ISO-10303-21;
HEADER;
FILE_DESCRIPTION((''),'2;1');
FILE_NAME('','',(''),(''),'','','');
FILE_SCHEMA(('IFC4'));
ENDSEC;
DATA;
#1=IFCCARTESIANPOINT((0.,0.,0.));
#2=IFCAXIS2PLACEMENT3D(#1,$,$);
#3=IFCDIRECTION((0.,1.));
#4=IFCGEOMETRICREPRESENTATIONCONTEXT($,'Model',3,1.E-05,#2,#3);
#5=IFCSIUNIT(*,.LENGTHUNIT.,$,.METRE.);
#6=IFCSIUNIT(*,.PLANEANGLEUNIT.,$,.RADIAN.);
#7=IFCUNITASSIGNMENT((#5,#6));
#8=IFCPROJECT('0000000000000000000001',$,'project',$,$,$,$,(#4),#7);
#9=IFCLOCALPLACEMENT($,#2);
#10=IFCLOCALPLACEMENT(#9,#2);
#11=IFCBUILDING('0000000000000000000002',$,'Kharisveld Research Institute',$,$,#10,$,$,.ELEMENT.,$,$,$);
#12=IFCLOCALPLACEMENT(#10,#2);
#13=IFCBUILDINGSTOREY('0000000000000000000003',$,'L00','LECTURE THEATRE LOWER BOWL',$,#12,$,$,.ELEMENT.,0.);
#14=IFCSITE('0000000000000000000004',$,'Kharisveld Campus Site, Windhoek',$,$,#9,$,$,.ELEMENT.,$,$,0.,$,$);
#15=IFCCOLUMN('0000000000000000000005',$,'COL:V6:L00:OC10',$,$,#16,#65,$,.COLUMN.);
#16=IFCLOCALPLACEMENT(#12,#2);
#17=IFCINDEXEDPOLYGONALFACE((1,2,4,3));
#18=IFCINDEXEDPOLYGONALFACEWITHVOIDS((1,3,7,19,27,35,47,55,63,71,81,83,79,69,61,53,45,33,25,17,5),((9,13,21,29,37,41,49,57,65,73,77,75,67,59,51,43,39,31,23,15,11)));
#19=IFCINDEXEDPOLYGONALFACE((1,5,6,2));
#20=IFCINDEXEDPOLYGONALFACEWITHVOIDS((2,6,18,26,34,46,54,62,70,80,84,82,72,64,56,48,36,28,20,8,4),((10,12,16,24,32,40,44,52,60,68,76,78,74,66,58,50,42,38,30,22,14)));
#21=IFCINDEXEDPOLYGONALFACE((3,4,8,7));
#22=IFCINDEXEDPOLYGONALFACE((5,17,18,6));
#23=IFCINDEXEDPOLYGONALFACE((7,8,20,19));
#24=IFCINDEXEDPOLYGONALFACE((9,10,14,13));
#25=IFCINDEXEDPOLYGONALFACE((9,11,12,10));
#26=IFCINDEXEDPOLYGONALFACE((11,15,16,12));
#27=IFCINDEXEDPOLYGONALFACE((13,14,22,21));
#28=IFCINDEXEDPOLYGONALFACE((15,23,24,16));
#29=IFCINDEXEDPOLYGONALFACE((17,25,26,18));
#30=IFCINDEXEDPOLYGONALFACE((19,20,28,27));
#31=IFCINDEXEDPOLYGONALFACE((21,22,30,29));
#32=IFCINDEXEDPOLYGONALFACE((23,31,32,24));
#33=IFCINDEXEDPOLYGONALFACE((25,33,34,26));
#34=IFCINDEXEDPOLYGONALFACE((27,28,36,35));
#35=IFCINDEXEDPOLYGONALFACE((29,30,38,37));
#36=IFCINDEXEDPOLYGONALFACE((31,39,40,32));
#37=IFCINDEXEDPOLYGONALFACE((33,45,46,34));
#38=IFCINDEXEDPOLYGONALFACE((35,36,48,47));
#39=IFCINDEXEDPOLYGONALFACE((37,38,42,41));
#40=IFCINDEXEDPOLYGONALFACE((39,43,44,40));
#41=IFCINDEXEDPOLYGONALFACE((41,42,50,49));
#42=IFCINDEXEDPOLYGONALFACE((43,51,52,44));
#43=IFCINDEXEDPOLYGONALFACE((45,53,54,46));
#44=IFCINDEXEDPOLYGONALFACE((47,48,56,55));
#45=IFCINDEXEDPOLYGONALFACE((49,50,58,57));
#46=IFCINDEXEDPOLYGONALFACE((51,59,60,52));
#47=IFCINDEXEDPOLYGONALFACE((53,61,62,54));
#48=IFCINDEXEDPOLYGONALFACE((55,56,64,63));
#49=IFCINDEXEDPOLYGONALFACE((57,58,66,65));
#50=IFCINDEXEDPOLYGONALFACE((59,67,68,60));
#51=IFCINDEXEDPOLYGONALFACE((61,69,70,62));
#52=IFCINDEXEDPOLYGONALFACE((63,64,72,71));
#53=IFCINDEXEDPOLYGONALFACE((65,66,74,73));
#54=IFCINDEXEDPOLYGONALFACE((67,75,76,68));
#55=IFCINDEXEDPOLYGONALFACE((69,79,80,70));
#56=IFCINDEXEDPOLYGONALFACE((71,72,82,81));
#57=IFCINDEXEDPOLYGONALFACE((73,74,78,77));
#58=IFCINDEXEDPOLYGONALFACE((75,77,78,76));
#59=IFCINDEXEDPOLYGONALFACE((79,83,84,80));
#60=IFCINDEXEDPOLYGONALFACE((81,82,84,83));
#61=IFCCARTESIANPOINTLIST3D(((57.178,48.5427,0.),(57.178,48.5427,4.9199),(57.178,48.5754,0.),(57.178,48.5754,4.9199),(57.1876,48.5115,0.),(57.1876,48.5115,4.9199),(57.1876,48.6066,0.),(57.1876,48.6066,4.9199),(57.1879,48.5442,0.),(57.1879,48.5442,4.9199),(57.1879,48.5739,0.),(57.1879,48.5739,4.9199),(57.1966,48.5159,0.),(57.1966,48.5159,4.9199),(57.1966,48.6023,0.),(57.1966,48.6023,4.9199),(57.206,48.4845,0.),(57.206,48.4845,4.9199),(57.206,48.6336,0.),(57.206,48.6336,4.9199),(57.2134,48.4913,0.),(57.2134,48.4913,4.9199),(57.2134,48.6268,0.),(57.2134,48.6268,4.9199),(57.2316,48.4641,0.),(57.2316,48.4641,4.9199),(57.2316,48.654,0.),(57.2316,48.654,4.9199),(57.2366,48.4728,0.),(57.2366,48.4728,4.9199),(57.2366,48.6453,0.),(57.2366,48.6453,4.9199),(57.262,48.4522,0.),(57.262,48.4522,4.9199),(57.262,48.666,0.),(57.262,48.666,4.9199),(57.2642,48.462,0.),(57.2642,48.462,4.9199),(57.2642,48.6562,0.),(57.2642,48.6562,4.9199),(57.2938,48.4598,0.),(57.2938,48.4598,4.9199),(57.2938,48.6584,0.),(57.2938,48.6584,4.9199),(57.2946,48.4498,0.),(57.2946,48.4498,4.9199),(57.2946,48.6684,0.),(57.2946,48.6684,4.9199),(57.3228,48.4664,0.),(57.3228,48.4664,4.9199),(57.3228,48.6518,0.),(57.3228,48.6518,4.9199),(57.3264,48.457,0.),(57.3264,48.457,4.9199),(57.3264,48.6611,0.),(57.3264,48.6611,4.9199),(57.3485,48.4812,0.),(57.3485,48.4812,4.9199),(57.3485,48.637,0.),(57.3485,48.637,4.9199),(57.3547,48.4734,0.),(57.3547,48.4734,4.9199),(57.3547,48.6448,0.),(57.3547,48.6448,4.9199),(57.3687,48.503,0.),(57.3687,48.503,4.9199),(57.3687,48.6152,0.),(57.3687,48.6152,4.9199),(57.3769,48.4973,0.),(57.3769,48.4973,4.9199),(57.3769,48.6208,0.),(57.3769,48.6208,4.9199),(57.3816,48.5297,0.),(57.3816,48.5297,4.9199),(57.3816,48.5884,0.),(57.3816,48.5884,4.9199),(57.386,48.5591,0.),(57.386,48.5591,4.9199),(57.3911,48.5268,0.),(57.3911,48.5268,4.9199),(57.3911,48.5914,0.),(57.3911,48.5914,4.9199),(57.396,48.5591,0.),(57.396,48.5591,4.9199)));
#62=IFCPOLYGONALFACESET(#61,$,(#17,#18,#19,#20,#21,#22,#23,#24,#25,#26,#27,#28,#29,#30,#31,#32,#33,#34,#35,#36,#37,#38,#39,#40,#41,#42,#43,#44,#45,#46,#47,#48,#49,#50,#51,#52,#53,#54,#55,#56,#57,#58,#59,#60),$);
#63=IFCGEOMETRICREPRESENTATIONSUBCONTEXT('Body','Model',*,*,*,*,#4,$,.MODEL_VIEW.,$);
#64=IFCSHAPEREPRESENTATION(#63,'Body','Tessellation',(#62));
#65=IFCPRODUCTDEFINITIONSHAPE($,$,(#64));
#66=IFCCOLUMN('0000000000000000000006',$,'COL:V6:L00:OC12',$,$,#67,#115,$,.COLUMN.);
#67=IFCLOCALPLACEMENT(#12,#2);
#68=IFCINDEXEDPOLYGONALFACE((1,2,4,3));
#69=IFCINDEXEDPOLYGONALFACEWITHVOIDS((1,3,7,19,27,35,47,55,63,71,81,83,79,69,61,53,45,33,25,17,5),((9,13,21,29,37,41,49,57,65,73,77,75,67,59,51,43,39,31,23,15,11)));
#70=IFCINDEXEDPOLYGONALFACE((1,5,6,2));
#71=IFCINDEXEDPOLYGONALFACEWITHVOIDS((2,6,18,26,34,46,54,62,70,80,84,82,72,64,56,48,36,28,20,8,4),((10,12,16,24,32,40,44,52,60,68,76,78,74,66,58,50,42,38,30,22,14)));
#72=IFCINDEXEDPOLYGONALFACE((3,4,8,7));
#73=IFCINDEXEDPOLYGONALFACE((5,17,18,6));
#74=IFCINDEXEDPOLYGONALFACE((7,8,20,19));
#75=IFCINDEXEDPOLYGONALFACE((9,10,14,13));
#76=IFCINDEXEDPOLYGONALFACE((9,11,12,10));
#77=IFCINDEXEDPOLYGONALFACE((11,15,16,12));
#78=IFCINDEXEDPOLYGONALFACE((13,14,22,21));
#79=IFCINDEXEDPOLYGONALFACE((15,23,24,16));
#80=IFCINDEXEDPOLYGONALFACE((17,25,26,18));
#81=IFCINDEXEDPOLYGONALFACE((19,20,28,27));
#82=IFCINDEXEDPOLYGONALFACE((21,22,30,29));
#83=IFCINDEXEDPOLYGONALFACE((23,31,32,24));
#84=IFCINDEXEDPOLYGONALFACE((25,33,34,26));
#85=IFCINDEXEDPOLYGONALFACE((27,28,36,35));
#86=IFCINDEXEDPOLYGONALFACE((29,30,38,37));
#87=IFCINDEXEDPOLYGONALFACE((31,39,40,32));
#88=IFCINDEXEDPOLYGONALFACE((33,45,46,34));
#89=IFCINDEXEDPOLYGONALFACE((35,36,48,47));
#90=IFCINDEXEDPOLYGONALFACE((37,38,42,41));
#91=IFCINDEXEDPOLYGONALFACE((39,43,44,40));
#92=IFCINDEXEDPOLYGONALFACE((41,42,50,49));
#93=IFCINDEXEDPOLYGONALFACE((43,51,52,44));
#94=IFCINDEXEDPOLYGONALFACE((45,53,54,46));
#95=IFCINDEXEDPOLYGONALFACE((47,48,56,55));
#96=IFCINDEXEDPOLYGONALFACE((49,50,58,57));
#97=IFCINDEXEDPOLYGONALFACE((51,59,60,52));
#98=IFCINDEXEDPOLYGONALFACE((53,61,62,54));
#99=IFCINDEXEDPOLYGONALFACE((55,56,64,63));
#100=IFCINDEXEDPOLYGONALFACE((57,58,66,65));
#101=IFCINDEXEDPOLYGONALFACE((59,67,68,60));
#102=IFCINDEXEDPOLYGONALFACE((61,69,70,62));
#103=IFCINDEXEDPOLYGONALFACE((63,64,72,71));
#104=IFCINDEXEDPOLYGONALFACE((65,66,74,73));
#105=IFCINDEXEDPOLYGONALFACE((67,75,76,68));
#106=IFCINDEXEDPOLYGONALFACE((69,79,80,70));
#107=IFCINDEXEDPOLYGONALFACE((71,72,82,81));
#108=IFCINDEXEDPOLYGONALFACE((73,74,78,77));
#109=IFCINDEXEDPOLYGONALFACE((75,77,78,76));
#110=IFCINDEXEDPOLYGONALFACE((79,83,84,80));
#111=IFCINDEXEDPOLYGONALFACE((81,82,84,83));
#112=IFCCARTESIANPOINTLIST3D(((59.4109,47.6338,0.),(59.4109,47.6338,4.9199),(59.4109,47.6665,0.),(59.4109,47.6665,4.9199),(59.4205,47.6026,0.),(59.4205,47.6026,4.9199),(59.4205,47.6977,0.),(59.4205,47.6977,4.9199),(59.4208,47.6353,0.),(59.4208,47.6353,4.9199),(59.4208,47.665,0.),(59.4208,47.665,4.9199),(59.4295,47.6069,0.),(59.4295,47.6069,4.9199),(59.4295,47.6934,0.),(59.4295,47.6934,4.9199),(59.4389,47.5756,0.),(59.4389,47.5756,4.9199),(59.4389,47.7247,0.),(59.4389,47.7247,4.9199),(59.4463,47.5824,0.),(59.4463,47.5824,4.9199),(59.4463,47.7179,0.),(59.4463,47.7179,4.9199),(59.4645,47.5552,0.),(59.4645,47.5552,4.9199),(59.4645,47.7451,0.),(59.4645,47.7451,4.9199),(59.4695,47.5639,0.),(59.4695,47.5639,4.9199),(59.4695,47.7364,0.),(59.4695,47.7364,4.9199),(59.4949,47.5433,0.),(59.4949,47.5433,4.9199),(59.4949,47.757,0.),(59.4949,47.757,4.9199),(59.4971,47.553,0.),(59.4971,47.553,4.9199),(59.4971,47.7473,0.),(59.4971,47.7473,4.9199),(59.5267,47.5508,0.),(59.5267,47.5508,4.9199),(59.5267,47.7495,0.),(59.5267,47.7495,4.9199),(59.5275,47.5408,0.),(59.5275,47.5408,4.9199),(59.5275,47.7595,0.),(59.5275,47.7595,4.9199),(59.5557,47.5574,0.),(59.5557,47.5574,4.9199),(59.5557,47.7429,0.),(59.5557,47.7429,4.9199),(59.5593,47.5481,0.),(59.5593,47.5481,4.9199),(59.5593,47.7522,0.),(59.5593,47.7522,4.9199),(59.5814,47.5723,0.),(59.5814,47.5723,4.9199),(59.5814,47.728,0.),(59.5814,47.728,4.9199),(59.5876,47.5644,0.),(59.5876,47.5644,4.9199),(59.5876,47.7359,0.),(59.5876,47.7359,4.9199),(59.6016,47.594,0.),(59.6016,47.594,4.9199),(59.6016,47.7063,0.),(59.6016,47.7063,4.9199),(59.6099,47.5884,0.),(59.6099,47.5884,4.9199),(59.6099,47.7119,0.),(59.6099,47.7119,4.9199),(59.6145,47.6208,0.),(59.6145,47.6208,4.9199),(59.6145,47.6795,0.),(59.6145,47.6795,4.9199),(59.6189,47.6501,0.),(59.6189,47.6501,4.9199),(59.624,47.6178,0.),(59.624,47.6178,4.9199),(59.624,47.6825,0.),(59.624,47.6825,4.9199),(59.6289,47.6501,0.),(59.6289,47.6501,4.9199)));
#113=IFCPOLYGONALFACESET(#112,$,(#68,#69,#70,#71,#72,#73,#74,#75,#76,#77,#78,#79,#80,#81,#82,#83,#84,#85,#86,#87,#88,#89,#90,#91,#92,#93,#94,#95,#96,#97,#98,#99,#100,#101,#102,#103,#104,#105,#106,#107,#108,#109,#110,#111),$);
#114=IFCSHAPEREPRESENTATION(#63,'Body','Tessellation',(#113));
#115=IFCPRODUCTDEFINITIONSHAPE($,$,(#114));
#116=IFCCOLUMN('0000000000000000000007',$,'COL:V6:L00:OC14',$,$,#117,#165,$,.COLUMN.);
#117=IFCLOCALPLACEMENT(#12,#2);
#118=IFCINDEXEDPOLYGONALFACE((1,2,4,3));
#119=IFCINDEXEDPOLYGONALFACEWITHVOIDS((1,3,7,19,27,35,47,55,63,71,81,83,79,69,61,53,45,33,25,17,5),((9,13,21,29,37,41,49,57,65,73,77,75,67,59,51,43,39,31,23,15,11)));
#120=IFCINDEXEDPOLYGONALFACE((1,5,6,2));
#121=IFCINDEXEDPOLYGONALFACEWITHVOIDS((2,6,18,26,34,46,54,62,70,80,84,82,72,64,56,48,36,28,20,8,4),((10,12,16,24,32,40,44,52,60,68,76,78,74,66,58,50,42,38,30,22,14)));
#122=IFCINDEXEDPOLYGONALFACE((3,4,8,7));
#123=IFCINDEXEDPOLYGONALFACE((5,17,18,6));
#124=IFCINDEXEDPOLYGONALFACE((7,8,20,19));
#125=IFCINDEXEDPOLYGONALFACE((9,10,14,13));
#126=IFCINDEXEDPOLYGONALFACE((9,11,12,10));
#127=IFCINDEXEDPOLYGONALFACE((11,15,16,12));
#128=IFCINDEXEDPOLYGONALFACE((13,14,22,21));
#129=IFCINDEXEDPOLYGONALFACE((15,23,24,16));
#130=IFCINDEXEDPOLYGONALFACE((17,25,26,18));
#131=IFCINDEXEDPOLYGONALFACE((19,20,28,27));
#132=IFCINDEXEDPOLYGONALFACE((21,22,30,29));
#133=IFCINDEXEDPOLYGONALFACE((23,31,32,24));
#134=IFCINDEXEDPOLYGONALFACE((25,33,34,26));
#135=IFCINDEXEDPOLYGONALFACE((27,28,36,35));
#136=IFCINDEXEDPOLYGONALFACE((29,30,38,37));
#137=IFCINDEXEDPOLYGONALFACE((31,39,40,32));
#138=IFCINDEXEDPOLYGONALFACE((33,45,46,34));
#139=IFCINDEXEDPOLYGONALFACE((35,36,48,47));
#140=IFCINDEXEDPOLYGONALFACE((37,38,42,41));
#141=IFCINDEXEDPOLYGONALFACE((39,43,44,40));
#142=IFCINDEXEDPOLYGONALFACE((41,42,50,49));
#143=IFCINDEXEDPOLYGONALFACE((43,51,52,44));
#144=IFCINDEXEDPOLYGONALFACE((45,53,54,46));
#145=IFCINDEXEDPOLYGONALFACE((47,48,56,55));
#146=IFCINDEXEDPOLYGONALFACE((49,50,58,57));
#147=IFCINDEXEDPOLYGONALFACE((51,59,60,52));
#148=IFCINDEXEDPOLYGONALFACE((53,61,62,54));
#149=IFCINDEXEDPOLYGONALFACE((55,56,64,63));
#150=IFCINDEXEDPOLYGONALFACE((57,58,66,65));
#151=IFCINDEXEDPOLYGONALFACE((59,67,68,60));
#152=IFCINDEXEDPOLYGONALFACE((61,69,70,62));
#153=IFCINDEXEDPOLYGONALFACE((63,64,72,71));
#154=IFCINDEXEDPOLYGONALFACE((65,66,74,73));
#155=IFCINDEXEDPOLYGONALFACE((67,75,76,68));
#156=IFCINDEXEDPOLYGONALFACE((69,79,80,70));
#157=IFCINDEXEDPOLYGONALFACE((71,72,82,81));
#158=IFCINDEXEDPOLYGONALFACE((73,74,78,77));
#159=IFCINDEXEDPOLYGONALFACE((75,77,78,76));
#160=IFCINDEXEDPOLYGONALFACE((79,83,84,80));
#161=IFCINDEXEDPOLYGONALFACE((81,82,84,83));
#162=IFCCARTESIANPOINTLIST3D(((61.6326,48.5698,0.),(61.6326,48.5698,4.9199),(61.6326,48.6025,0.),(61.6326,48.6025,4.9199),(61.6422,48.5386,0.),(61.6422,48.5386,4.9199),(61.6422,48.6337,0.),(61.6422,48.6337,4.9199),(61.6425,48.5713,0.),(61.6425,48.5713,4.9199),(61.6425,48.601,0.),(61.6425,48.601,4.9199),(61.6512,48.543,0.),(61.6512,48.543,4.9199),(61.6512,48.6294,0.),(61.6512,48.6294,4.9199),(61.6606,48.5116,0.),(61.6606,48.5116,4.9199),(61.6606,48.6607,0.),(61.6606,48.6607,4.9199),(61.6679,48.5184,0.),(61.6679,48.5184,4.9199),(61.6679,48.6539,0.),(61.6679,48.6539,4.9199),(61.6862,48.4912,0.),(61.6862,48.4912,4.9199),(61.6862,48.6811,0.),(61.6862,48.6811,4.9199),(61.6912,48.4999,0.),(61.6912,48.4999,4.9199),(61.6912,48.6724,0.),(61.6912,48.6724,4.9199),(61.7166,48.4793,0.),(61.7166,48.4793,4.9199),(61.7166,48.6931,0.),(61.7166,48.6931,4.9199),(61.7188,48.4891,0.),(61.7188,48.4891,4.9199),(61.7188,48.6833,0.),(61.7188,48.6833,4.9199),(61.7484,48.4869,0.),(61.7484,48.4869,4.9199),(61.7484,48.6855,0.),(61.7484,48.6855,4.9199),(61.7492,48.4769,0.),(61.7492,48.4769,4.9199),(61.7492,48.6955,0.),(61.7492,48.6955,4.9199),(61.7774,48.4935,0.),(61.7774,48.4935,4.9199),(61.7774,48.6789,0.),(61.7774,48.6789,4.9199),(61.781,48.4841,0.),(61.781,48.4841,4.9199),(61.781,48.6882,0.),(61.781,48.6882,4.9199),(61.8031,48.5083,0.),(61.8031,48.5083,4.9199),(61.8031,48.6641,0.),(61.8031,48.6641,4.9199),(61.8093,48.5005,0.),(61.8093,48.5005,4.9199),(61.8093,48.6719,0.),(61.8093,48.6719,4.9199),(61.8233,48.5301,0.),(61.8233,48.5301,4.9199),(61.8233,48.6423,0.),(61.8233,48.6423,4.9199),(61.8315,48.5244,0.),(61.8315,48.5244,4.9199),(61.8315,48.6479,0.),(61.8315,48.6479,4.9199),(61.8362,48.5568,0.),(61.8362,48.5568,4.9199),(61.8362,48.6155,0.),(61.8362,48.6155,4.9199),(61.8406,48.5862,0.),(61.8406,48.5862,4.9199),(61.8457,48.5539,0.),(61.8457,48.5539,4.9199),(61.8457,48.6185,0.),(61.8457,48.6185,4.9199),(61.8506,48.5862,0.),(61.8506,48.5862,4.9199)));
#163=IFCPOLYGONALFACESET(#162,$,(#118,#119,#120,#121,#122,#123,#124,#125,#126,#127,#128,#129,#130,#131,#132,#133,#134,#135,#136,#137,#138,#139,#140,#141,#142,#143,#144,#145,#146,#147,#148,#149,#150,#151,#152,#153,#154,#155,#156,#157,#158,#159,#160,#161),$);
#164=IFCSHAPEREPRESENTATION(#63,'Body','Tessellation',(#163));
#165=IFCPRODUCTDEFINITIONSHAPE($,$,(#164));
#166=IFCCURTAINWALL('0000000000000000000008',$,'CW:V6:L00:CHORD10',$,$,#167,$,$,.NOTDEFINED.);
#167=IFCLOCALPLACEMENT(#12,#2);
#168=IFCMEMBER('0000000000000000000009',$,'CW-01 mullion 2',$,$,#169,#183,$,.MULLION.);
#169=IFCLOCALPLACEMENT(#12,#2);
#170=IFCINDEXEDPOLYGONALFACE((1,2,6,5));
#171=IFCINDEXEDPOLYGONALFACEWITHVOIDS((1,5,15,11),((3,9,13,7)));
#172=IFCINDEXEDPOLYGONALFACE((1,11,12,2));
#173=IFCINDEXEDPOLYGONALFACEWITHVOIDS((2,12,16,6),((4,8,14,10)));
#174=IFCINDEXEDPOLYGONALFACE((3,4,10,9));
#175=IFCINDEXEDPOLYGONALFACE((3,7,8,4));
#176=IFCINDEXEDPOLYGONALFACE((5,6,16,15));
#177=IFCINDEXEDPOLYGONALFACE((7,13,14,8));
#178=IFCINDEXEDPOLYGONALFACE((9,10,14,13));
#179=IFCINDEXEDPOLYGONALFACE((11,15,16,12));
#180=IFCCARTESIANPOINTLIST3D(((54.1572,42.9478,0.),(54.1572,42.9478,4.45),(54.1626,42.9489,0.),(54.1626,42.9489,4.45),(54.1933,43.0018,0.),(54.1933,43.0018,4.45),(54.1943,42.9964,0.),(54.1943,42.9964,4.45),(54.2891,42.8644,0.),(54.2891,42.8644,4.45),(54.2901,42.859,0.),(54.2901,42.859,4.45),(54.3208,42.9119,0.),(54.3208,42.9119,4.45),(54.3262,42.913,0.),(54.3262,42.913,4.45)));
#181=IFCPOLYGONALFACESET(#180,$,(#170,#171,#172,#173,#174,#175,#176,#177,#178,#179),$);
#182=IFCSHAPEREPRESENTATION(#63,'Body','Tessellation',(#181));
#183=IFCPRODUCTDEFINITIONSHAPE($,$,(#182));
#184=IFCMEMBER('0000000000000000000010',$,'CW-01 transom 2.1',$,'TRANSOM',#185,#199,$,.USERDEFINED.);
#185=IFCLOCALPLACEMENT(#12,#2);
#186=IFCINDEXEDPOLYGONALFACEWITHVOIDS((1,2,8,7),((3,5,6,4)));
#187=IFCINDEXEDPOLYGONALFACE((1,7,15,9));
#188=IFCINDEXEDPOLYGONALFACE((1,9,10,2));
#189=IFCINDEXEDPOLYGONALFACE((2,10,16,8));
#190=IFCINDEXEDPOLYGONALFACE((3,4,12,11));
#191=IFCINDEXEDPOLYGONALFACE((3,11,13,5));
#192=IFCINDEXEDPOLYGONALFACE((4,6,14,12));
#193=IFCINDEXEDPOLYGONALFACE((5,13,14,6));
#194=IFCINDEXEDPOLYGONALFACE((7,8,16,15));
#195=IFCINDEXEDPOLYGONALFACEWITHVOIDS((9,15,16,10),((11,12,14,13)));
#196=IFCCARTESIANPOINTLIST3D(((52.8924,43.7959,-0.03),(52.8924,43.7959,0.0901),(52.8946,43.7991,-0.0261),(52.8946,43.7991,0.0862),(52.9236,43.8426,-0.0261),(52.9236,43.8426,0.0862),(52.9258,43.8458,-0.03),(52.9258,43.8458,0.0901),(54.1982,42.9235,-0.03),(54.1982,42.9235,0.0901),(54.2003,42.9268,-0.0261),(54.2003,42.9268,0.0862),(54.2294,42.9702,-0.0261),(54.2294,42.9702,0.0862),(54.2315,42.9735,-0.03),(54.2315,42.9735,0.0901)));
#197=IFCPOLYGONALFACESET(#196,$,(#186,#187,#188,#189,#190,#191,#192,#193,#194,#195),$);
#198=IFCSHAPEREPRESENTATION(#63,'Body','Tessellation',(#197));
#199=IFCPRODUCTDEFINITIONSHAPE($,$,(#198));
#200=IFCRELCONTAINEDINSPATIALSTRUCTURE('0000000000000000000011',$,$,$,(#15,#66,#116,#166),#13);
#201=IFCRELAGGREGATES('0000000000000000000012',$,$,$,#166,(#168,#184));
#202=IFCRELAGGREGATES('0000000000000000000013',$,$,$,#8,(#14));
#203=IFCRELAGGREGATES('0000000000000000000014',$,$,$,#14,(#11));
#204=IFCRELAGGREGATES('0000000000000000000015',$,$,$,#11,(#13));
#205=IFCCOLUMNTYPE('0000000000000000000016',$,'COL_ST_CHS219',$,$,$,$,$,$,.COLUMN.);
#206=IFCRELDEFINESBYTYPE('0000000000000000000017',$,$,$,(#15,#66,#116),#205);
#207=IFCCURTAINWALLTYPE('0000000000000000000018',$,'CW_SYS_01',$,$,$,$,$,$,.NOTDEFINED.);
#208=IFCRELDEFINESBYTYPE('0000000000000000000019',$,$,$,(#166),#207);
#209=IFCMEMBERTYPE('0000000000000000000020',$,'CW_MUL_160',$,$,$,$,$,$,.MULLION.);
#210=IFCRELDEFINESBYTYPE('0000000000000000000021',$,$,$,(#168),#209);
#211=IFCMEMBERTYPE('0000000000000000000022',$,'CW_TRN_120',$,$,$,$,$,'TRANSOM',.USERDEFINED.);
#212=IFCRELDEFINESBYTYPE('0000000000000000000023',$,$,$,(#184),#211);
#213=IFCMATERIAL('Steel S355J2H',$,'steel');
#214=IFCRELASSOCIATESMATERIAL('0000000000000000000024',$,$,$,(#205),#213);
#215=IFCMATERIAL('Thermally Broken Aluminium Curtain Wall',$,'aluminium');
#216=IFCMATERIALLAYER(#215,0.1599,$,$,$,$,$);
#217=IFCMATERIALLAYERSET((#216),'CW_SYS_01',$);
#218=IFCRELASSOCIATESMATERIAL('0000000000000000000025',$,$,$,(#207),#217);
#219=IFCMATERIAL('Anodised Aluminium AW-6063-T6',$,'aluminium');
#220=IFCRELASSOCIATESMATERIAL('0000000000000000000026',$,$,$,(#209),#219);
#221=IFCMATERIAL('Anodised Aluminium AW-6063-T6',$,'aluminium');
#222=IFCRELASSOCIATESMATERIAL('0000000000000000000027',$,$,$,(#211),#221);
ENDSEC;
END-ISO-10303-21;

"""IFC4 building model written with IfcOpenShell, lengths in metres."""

from ifc_helpers import new_model, si_unit, direction, frame, origin, origin_2d, place, context, subcontext, project, spatial, hollow_rectangle, hollow_circle, extrude, material, layer, layer_set, material_profile, profile_set, type_object, element, aggregate, save


model = new_model("IFC4")

# Units and contexts
model_context = context("Model", 3, precision=1e-05, world=origin(), true_north=direction((0.0, 1.0)))
body_context = subcontext(model_context, "Body", "Model", "MODEL_VIEW")
ifc_project = project(units=[si_unit("LENGTHUNIT", "METRE"), si_unit("PLANEANGLEUNIT", "RADIAN")], contexts=[model_context])

# Site, building, storey
site_placement = place(None, origin())
site = spatial("IfcSite", under=ifc_project, at=site_placement, Name="Kharisveld Campus Site, Windhoek", CompositionType="ELEMENT", RefElevation=0.0)
building_placement = place(site_placement, origin())
building = spatial("IfcBuilding", under=site, at=building_placement, Name="Kharisveld Research Institute", CompositionType="ELEMENT")
storey_placement = place(building_placement, origin())
storey = spatial("IfcBuildingStorey", under=building, at=storey_placement, Name="L00", Description="LECTURE THEATRE LOWER BOWL", CompositionType="ELEMENT", Elevation=0.0)

# Columns
ifc_material_1 = material(Name="Steel S355J2H", Category="steel")
ifc_material_profile_1 = material_profile(ifc_material_1, hollow_circle(Radius=0.1096, WallThickness=0.01, at=origin_2d()))
ifc_profile_set_1 = profile_set([ifc_material_profile_1], Name="Steel S355J2H")
column_type = type_object("IfcColumnType", Name="COL_ST_CHS219", PredefinedType="COLUMN", material=ifc_profile_set_1)
for number, where, z_axis, x_axis, name in (
    (1, (57.2864, 48.5591, 0.0), (0.0, 0.0, 1.0), (1.0, 0.0, 0.0), "COL:V6:L00:OC10"),
    (2, (59.5193, 47.6501, 0.0), (0.0, 0.0, 1.0), (1.0, 0.0, 0.0), "COL:V6:L00:OC12"),
    (3, (61.741, 48.5862, 0.0), (0.0, 0.0, 1.0), (1.0, 0.0, 0.0), "COL:V6:L00:OC14"),
):
    element("IfcColumn", number, at=place(storey_placement, frame(where, z_axis=z_axis, x_axis=x_axis)), inside=storey, type_object=column_type, Name=name, PredefinedType="COLUMN", context=body_context, shape_type="SweptSolid", body=[
        extrude(hollow_circle(Radius=0.1096, WallThickness=0.01, at=origin_2d()), origin(), (0.0, 0.0, 1.0), 4.9199),
    ])

# Curtain wall, members
ifc_material_2 = material(Name="Thermally Broken Aluminium Curtain Wall", Category="aluminium")
ifc_layer_1 = layer(ifc_material_2, 0.1599)
ifc_layer_set_1 = layer_set([ifc_layer_1], Name="CW_SYS_01")
curtain_wall_type_1 = type_object("IfcCurtainWallType", Name="CW_SYS_01", PredefinedType="NOTDEFINED", material=ifc_layer_set_1)
curtain_wall_1_placement = place(storey_placement, origin())
curtain_wall_1 = element("IfcCurtainWall", 4, at=curtain_wall_1_placement, inside=storey, type_object=curtain_wall_type_1, Name="CW:V6:L00:CHORD10", PredefinedType="NOTDEFINED")
ifc_material_3 = material(Name="Anodised Aluminium AW-6063-T6", Category="aluminium")
ifc_material_profile_2 = material_profile(ifc_material_3, hollow_rectangle(XDim=0.0649, YDim=0.1599, WallThickness=0.0039, at=origin_2d()))
ifc_profile_set_2 = profile_set([ifc_material_profile_2], Name="Anodised Aluminium AW-6063-T6")
member_type_1 = type_object("IfcMemberType", Name="CW_MUL_160", PredefinedType="MULLION", material=ifc_profile_set_2)
member_1_placement = place(storey_placement, frame((54.2417, 42.9304, 0.0), z_axis=(0.0, 0.0, 1.0), x_axis=(-0.55557, -0.83147, 0.0)))
member_1 = element("IfcMember", 5, at=member_1_placement, type_object=member_type_1, Name="CW-01 mullion 2", PredefinedType="MULLION", context=body_context, shape_type="SweptSolid", body=[
    extrude(hollow_rectangle(XDim=0.0649, YDim=0.1599, WallThickness=0.0039, at=origin_2d()), origin(), (0.0, 0.0, 1.0), 4.45),
])
ifc_material_4 = material(Name="Anodised Aluminium AW-6063-T6", Category="aluminium")
ifc_material_profile_3 = material_profile(ifc_material_4, hollow_rectangle(XDim=0.0601, YDim=0.1201, WallThickness=0.0039, at=origin_2d()))
ifc_profile_set_3 = profile_set([ifc_material_profile_3], Name="Anodised Aluminium AW-6063-T6")
member_type_2 = type_object("IfcMemberType", Name="CW_TRN_120", ElementType="TRANSOM", PredefinedType="USERDEFINED", material=ifc_profile_set_3)
member_2_placement = place(storey_placement, frame((54.2148, 42.9485, 0.03), z_axis=(-0.8315, 0.555525, 0.0), x_axis=(-0.555525, -0.8315, 0.0)))
member_2 = element("IfcMember", 6, at=member_2_placement, type_object=member_type_2, Name="CW-01 transom 2.1", ObjectType="TRANSOM", PredefinedType="USERDEFINED", context=body_context, shape_type="SweptSolid", body=[
    extrude(hollow_rectangle(XDim=0.0601, YDim=0.1201, WallThickness=0.0039, at=origin_2d()), origin(), (0.0, 0.0, 1.0), 1.5703),
])

aggregate(curtain_wall_1, [member_1, member_2])

save(model, "model.ifc")
